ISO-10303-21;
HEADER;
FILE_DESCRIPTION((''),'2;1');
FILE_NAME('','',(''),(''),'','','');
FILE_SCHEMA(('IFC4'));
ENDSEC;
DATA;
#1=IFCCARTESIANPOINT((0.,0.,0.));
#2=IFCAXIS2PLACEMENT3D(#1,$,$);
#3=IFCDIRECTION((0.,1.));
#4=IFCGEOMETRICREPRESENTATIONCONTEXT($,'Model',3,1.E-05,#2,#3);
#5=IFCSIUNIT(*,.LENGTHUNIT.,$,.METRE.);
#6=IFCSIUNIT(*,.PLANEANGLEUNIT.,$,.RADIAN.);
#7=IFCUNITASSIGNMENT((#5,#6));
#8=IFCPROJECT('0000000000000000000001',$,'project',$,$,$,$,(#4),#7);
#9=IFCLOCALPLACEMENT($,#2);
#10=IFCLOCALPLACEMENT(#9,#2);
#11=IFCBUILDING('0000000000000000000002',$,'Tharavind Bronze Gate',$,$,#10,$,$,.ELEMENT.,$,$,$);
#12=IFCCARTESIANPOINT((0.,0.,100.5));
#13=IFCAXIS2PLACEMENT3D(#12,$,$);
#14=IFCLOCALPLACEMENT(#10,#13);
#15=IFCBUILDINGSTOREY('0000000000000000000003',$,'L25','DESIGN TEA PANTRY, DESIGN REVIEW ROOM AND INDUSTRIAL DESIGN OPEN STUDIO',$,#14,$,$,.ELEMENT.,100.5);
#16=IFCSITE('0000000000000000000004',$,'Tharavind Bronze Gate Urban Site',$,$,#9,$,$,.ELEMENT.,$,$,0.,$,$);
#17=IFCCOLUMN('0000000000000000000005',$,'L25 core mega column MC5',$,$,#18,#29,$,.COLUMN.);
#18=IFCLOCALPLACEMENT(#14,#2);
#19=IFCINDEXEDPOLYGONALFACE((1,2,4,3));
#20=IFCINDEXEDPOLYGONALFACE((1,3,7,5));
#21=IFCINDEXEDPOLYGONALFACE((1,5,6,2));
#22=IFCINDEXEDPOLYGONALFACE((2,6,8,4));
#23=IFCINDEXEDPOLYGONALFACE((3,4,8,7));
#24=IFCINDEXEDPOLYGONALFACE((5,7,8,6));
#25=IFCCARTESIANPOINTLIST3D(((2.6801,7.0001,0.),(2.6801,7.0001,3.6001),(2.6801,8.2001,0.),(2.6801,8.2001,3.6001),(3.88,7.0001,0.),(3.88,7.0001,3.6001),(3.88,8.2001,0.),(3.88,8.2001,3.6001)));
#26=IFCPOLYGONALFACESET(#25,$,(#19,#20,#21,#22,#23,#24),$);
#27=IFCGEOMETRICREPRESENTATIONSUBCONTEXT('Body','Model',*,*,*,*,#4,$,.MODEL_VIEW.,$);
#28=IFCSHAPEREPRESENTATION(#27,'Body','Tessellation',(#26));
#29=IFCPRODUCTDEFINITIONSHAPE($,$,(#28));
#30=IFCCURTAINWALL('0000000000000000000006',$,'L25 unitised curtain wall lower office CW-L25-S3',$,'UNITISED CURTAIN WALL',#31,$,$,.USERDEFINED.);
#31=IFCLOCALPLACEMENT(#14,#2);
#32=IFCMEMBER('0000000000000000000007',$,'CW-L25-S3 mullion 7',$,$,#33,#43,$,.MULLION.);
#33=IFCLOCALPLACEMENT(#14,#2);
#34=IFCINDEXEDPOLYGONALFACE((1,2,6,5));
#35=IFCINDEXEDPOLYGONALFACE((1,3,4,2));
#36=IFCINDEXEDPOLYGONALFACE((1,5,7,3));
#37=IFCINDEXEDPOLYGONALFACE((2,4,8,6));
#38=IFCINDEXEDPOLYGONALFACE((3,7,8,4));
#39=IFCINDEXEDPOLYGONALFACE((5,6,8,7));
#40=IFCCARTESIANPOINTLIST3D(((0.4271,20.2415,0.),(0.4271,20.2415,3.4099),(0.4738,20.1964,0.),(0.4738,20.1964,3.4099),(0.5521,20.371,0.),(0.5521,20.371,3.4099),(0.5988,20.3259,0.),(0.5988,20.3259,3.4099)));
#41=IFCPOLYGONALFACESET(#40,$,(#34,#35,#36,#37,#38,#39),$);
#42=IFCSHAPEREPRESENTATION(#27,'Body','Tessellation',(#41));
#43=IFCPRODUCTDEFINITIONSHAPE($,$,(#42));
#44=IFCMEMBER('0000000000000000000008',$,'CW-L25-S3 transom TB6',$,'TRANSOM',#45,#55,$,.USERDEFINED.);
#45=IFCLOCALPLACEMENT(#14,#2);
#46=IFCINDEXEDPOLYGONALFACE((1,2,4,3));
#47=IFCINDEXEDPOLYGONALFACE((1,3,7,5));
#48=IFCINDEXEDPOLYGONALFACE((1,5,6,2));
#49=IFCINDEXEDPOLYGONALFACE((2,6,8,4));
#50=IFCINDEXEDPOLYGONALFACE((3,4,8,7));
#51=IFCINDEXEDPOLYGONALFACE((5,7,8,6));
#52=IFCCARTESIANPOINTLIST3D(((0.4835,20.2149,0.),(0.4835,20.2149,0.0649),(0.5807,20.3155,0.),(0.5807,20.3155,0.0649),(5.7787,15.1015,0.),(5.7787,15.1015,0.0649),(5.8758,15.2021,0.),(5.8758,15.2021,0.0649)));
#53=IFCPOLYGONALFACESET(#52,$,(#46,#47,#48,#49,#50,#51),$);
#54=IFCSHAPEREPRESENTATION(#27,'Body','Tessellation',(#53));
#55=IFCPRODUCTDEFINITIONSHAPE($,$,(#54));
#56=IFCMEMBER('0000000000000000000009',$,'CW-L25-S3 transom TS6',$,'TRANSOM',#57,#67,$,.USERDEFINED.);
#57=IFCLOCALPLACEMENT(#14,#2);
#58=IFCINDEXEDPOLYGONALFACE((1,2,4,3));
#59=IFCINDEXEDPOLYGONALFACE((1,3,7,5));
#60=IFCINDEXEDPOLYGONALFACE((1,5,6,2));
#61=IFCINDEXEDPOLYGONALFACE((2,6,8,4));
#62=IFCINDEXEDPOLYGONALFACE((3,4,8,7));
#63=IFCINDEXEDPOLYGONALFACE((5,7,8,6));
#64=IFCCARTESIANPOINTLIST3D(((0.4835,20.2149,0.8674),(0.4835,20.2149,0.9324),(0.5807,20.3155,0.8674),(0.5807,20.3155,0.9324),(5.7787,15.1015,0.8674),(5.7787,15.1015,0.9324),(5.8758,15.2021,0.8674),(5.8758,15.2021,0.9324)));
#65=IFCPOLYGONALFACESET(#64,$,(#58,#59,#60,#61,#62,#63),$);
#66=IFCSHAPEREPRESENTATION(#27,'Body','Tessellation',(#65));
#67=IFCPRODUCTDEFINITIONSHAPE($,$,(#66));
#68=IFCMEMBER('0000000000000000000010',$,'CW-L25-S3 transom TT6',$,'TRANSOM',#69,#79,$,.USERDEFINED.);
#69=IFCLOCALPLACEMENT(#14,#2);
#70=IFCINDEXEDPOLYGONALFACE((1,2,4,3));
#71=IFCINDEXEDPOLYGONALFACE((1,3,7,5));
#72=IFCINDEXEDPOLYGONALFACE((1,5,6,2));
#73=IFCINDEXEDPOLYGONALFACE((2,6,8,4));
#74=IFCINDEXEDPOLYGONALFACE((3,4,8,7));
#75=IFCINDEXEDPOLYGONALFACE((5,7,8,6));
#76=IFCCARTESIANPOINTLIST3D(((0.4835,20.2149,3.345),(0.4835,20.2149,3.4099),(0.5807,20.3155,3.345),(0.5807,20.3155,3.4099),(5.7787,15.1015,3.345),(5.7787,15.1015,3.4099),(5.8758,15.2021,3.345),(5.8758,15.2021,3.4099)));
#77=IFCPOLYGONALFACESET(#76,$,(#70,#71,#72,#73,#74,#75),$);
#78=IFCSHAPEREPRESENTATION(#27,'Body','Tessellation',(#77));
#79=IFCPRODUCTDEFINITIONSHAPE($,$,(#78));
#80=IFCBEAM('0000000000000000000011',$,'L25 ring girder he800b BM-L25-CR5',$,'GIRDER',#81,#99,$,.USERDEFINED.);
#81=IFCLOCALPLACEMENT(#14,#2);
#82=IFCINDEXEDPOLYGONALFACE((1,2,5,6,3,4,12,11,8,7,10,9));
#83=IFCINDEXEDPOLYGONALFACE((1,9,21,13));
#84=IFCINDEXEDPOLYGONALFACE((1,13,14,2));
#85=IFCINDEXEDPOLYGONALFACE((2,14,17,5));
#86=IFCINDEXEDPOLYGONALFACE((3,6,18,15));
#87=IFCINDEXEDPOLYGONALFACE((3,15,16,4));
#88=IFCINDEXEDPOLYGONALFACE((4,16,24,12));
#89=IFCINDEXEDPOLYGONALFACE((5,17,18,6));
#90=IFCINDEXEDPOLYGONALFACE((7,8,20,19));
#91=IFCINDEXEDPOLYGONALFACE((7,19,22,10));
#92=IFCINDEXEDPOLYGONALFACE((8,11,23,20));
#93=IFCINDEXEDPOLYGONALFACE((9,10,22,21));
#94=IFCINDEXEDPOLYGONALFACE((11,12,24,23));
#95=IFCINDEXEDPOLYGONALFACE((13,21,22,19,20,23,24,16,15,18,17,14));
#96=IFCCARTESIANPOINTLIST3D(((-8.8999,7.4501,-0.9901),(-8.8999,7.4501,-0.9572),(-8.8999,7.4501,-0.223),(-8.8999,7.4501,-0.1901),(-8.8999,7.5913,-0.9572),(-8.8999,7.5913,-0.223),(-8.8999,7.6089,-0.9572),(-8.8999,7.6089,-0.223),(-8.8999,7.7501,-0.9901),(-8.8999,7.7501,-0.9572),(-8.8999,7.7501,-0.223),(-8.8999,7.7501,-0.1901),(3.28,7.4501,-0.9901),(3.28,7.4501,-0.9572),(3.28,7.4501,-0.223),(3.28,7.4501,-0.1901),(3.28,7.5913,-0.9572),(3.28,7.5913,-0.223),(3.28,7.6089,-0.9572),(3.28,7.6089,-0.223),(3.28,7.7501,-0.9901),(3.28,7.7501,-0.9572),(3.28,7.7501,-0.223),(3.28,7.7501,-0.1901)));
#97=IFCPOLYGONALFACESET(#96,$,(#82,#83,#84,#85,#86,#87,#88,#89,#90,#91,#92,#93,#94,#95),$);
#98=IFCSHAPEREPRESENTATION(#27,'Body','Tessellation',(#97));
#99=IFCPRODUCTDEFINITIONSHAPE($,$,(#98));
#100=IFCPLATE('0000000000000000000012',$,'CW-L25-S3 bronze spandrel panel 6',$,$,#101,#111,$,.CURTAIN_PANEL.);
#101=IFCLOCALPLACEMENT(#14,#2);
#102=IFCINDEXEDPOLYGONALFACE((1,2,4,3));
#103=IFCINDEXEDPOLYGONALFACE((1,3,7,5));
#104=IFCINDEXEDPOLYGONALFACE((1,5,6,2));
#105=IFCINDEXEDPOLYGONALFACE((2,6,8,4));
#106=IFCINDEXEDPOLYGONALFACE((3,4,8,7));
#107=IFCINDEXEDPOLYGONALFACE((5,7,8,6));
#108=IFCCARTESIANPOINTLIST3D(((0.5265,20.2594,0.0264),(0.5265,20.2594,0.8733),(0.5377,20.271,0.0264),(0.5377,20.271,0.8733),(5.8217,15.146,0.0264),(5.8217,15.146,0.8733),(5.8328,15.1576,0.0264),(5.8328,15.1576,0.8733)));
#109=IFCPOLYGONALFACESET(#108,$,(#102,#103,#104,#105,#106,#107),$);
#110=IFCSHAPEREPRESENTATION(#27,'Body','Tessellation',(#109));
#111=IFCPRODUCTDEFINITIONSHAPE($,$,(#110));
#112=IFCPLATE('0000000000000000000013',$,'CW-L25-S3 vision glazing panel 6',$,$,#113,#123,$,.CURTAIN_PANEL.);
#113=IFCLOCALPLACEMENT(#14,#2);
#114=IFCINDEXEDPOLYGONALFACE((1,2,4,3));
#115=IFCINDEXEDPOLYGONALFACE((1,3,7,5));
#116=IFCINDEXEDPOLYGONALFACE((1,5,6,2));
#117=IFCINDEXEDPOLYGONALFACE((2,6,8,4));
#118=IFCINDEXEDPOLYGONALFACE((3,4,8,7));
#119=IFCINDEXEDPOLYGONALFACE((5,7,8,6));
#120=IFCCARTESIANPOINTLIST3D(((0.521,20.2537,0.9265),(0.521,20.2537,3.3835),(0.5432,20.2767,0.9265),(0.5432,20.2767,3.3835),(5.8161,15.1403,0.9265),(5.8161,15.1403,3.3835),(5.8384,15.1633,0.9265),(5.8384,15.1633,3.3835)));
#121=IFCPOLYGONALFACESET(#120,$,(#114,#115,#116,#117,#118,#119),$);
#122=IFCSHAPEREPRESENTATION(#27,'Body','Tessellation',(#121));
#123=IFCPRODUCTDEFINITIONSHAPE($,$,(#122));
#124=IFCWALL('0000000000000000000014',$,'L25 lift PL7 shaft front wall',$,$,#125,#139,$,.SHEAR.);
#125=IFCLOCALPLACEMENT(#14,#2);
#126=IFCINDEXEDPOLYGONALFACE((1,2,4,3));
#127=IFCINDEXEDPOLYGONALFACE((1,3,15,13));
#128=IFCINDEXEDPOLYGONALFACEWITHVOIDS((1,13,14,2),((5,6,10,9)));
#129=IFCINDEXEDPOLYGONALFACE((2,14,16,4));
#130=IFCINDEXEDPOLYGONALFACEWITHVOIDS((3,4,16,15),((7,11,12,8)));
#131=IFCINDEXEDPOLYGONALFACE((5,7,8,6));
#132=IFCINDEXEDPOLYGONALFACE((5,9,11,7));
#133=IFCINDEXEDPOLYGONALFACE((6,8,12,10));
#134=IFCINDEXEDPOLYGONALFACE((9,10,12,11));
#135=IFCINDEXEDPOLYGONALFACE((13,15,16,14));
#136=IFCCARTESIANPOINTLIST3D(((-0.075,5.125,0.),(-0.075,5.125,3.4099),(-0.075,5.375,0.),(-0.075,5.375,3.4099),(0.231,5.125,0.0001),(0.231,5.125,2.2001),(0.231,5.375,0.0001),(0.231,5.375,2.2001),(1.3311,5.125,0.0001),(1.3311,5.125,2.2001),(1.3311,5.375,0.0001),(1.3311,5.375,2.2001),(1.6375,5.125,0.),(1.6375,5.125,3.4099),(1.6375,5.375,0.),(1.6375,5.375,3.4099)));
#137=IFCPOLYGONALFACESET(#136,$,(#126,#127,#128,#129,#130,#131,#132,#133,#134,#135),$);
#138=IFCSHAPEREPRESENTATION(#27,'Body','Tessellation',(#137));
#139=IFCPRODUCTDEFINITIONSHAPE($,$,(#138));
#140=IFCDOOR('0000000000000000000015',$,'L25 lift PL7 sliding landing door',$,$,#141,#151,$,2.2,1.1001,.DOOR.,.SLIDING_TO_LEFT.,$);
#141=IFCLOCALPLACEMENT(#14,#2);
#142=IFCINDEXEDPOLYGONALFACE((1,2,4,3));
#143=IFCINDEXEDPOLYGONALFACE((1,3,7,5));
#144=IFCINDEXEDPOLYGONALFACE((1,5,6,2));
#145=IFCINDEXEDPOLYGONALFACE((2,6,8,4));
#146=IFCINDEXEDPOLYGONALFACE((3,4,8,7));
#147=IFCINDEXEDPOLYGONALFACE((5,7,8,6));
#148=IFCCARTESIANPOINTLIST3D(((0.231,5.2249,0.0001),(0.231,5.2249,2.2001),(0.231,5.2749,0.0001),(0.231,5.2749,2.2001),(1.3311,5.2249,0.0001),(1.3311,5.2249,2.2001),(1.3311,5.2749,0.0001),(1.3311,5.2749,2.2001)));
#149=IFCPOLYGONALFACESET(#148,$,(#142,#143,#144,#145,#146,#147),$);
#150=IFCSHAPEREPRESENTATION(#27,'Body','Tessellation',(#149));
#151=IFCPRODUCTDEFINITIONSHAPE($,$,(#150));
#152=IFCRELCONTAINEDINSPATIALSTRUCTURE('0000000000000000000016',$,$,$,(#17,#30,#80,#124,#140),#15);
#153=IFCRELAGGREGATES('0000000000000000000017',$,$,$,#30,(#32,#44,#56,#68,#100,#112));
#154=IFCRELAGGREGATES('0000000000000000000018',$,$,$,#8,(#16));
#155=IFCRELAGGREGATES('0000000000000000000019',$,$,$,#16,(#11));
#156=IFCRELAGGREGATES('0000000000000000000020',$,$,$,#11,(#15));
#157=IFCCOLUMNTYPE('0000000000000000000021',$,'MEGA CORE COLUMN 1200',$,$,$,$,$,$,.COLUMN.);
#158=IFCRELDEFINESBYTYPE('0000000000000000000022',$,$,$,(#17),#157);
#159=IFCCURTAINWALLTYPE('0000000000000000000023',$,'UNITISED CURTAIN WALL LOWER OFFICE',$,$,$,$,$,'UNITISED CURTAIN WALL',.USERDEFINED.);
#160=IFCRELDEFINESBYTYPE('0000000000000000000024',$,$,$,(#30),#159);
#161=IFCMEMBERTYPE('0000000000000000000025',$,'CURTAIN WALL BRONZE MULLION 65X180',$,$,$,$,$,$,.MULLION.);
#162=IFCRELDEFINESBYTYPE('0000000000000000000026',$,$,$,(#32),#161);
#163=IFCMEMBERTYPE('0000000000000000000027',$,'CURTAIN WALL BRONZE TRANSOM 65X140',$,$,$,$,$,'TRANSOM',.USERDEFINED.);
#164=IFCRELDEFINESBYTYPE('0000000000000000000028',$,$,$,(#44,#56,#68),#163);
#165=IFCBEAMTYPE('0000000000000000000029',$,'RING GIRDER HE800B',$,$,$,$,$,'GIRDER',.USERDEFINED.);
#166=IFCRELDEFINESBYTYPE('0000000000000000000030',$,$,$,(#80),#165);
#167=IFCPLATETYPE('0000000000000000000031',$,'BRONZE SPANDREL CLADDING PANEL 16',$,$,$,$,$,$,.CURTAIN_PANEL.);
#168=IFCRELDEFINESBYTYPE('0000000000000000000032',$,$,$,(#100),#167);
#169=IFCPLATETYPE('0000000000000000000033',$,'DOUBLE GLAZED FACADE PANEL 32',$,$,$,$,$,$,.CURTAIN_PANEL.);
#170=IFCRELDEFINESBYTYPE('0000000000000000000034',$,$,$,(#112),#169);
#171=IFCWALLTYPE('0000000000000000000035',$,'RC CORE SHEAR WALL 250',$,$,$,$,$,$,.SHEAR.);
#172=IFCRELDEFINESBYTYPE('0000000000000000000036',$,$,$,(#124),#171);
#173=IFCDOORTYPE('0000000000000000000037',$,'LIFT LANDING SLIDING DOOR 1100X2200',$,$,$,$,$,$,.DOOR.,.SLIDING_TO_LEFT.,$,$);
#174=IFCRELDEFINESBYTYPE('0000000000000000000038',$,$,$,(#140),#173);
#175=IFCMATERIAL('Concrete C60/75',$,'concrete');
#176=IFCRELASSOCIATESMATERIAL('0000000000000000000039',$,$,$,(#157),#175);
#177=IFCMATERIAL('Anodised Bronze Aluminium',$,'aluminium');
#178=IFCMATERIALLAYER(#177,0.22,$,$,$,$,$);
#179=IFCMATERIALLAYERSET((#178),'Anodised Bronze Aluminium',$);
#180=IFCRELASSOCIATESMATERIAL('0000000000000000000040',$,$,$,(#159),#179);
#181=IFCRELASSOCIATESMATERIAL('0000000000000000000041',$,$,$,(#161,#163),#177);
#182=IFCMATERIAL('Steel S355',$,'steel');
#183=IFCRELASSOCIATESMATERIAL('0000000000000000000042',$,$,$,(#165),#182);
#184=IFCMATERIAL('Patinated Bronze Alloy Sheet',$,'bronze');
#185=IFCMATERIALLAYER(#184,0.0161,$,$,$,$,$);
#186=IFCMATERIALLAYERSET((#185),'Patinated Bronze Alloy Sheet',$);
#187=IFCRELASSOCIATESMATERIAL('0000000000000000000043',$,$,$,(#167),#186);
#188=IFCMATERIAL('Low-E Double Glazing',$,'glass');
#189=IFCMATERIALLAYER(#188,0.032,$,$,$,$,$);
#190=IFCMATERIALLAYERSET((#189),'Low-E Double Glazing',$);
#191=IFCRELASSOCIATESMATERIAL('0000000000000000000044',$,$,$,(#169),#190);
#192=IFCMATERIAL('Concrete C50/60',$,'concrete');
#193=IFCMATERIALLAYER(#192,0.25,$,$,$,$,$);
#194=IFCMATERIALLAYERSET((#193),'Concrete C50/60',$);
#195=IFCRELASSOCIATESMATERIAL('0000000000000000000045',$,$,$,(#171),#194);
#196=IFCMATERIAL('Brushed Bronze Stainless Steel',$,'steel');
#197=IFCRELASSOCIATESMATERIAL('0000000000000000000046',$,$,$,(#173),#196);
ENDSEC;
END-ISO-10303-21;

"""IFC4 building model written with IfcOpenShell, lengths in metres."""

from ifc_helpers import new_model, si_unit, direction, frame, frame_2d, origin, origin_2d, place, context, subcontext, project, spatial, rectangle, i_section, extrude, material, layer, layer_set, material_profile, profile_set, type_object, element, fill, aggregate, save


model = new_model("IFC4")

# Units and contexts
model_context = context("Model", 3, precision=1e-05, world=origin(), true_north=direction((0.0, 1.0)))
body_context = subcontext(model_context, "Body", "Model", "MODEL_VIEW")
ifc_project = project(units=[si_unit("LENGTHUNIT", "METRE"), si_unit("PLANEANGLEUNIT", "RADIAN")], contexts=[model_context])

# Site, building, storey
site_placement = place(None, origin())
site = spatial("IfcSite", under=ifc_project, at=site_placement, Name="Tharavind Bronze Gate Urban Site", CompositionType="ELEMENT", RefElevation=0.0)
building_placement = place(site_placement, origin())
building = spatial("IfcBuilding", under=site, at=building_placement, Name="Tharavind Bronze Gate", CompositionType="ELEMENT")
storey_placement = place(building_placement, frame((0.0, 0.0, 100.5)))
storey = spatial("IfcBuildingStorey", under=building, at=storey_placement, Name="L25", Description="DESIGN TEA PANTRY, DESIGN REVIEW ROOM AND INDUSTRIAL DESIGN OPEN STUDIO", CompositionType="ELEMENT", Elevation=100.5)

# Column
ifc_material_1 = material(Name="Concrete C60/75", Category="concrete")
ifc_material_profile_1 = material_profile(ifc_material_1, rectangle(XDim=1.2, YDim=1.2, at=origin_2d()), Name="RCCOL1200")
ifc_profile_set_1 = profile_set([ifc_material_profile_1], Name="Concrete C60/75")
column_type = type_object("IfcColumnType", Name="MEGA CORE COLUMN 1200", PredefinedType="COLUMN", material=ifc_profile_set_1)
column_placement = place(storey_placement, frame((3.28, 7.6001, 0.0), z_axis=(0.0, 0.0, 1.0), x_axis=(1.0, 0.0, 0.0)))
element("IfcColumn", 1, at=column_placement, inside=storey, type_object=column_type, Name="L25 core mega column MC5", PredefinedType="COLUMN", context=body_context, shape_type="SweptSolid", body=[
    extrude(rectangle(XDim=1.2, YDim=1.2, at=origin_2d()), origin(), (0.0, 0.0, 1.0), 3.6001),
])

# Curtain wall, members
ifc_material_2 = material(Name="Anodised Bronze Aluminium", Category="aluminium")
ifc_layer_1 = layer(ifc_material_2, 0.22)
ifc_layer_set_1 = layer_set([ifc_layer_1], Name="Anodised Bronze Aluminium")
curtain_wall_type = type_object("IfcCurtainWallType", Name="UNITISED CURTAIN WALL LOWER OFFICE", ElementType="UNITISED CURTAIN WALL", PredefinedType="USERDEFINED", material=ifc_layer_set_1)
curtain_wall_placement = place(storey_placement, origin())
curtain_wall = element("IfcCurtainWall", 2, at=curtain_wall_placement, inside=storey, type_object=curtain_wall_type, Name="L25 unitised curtain wall lower office CW-L25-S3", ObjectType="UNITISED CURTAIN WALL", PredefinedType="USERDEFINED")
member_type_1 = type_object("IfcMemberType", Name="CURTAIN WALL BRONZE MULLION 65X180", PredefinedType="MULLION", material=ifc_material_2)
member_1_placement = place(storey_placement, frame((0.5129, 20.2837, 0.0), z_axis=(0.0, 0.0, 1.0), x_axis=(-0.719341, 0.694657, 0.0)))
member_1 = element("IfcMember", 3, at=member_1_placement, type_object=member_type_1, Name="CW-L25-S3 mullion 7", PredefinedType="MULLION", context=body_context, shape_type="SweptSolid", body=[
    extrude(rectangle(XDim=0.0649, YDim=0.1799, at=origin_2d()), origin(), (0.0, 0.0, 1.0), 3.4099),
])
member_type_2 = type_object("IfcMemberType", Name="CURTAIN WALL BRONZE TRANSOM 65X140", ElementType="TRANSOM", PredefinedType="USERDEFINED", material=ifc_material_2)
member_2_placement = place(storey_placement, frame((3.1797, 17.7085, 0.0), z_axis=(0.0, 0.0, 1.0), x_axis=(-0.719341, 0.694657, 0.0)))
member_2 = element("IfcMember", 4, at=member_2_placement, type_object=member_type_2, Name="CW-L25-S3 transom TB6", ObjectType="TRANSOM", PredefinedType="USERDEFINED", context=body_context, shape_type="SweptSolid", body=[
    extrude(rectangle(XDim=7.3611, YDim=0.1399, at=origin_2d()), origin(), (0.0, 0.0, 1.0), 0.0649),
])
member_3_placement = place(storey_placement, frame((3.1797, 17.7085, 0.8674), z_axis=(0.0, 0.0, 1.0), x_axis=(-0.719341, 0.694657, 0.0)))
member_3 = element("IfcMember", 5, at=member_3_placement, type_object=member_type_2, Name="CW-L25-S3 transom TS6", ObjectType="TRANSOM", PredefinedType="USERDEFINED", context=body_context, shape_type="SweptSolid", body=[
    extrude(rectangle(XDim=7.3611, YDim=0.1399, at=origin_2d()), origin(), (0.0, 0.0, 1.0), 0.0649),
])
member_4_placement = place(storey_placement, frame((3.1797, 17.7085, 3.345), z_axis=(0.0, 0.0, 1.0), x_axis=(-0.719341, 0.694657, 0.0)))
member_4 = element("IfcMember", 6, at=member_4_placement, type_object=member_type_2, Name="CW-L25-S3 transom TT6", ObjectType="TRANSOM", PredefinedType="USERDEFINED", context=body_context, shape_type="SweptSolid", body=[
    extrude(rectangle(XDim=7.3611, YDim=0.1399, at=origin_2d()), origin(), (0.0, 0.0, 1.0), 0.0649),
])

# Beam
ifc_material_3 = material(Name="Steel S355", Category="steel")
ifc_material_profile_2 = material_profile(ifc_material_3, i_section(OverallWidth=0.3, OverallDepth=0.8, WebThickness=0.0176, FlangeThickness=0.033, at=origin_2d()), Name="HE800B")
ifc_profile_set_2 = profile_set([ifc_material_profile_2], Name="Steel S355")
beam_type = type_object("IfcBeamType", Name="RING GIRDER HE800B", ElementType="GIRDER", PredefinedType="USERDEFINED", material=ifc_profile_set_2)
beam_placement = place(storey_placement, frame((3.28, 7.6001, -0.5901), z_axis=(-1.0, 0.0, 0.0), x_axis=(0.0, -1.0, 0.0)))
element("IfcBeam", 7, at=beam_placement, inside=storey, type_object=beam_type, Name="L25 ring girder he800b BM-L25-CR5", ObjectType="GIRDER", PredefinedType="USERDEFINED", context=body_context, shape_type="SweptSolid", body=[
    extrude(i_section(OverallWidth=0.3, OverallDepth=0.8, WebThickness=0.0176, FlangeThickness=0.033, at=origin_2d()), origin(), (0.0, 0.0, 1.0), 12.1799),
])

# Plates
ifc_material_4 = material(Name="Patinated Bronze Alloy Sheet", Category="bronze")
ifc_layer_2 = layer(ifc_material_4, 0.0161)
ifc_layer_set_2 = layer_set([ifc_layer_2], Name="Patinated Bronze Alloy Sheet")
plate_type_1 = type_object("IfcPlateType", Name="BRONZE SPANDREL CLADDING PANEL 16", PredefinedType="CURTAIN_PANEL", material=ifc_layer_set_2)
plate_1_placement = place(storey_placement, frame((3.1797, 17.7085, 0.0264), z_axis=(0.0, 0.0, 1.0), x_axis=(-0.719341, 0.694657, 0.0)))
plate_1 = element("IfcPlate", 8, at=plate_1_placement, type_object=plate_type_1, Name="CW-L25-S3 bronze spandrel panel 6", PredefinedType="CURTAIN_PANEL", context=body_context, shape_type="SweptSolid", body=[
    extrude(rectangle(XDim=7.3611, YDim=0.0161, at=origin_2d()), origin(), (0.0, 0.0, 1.0), 0.8469),
])
ifc_material_5 = material(Name="Low-E Double Glazing", Category="glass")
ifc_layer_3 = layer(ifc_material_5, 0.032)
ifc_layer_set_3 = layer_set([ifc_layer_3], Name="Low-E Double Glazing")
plate_type_2 = type_object("IfcPlateType", Name="DOUBLE GLAZED FACADE PANEL 32", PredefinedType="CURTAIN_PANEL", material=ifc_layer_set_3)
plate_2_placement = place(storey_placement, frame((3.1797, 17.7085, 0.9265), z_axis=(0.0, 0.0, 1.0), x_axis=(-0.719341, 0.694657, 0.0)))
plate_2 = element("IfcPlate", 9, at=plate_2_placement, type_object=plate_type_2, Name="CW-L25-S3 vision glazing panel 6", PredefinedType="CURTAIN_PANEL", context=body_context, shape_type="SweptSolid", body=[
    extrude(rectangle(XDim=7.3611, YDim=0.032, at=origin_2d()), origin(), (0.0, 0.0, 1.0), 2.457),
])
aggregate(curtain_wall, [member_1, member_2, member_3, member_4, plate_1, plate_2])

# Wall, opening, door
ifc_material_6 = material(Name="Concrete C50/60", Category="concrete")
ifc_layer_4 = layer(ifc_material_6, 0.25)
ifc_layer_set_4 = layer_set([ifc_layer_4], Name="Concrete C50/60")
wall_type_1 = type_object("IfcWallType", Name="RC CORE SHEAR WALL 250", PredefinedType="SHEAR", material=ifc_layer_set_4)
wall_1_placement = place(storey_placement, frame((-0.075, 5.25, 0.0), z_axis=(0.0, 0.0, 1.0), x_axis=(1.0, 0.0, 0.0)))
wall_1 = element("IfcWall", 10, at=wall_1_placement, inside=storey, type_object=wall_type_1, Name="L25 lift PL7 shaft front wall", PredefinedType="SHEAR", context=body_context, shape_type="SweptSolid", body=[
    extrude(rectangle(XDim=1.7124, YDim=0.25, at=frame_2d((0.8562, 0.0))), origin(), (0.0, 0.0, 1.0), 3.4099),
])
opening_1_placement = place(wall_1_placement, frame((0.3059, 0.0, 0.0)))
opening_1 = element("IfcOpeningElement", 11, at=opening_1_placement, cuts=wall_1, PredefinedType="OPENING", context=body_context, shape_type="SweptSolid", body=[
    extrude(rectangle(XDim=1.1001, YDim=2.2, at=frame_2d((0.55, 1.1001))), frame((0.0, 0.135, 0.0), z_axis=(0.0, -1.0, 0.0), x_axis=(1.0, 0.0, 0.0)), (0.0, 0.0, 1.0), 0.27),
])
ifc_material_7 = material(Name="Brushed Bronze Stainless Steel", Category="steel")
door_type_1 = type_object("IfcDoorType", Name="LIFT LANDING SLIDING DOOR 1100X2200", OperationType="SLIDING_TO_LEFT", PredefinedType="DOOR", material=ifc_material_7)
door_1_placement = place(opening_1_placement, origin())
door_1 = element("IfcDoor", 12, at=door_1_placement, inside=storey, type_object=door_type_1, Name="L25 lift PL7 sliding landing door", OperationType="SLIDING_TO_LEFT", OverallHeight=2.2, OverallWidth=1.1001, PredefinedType="DOOR", context=body_context, shape_type="SweptSolid", body=[
    extrude(rectangle(XDim=1.1001, YDim=2.2, at=frame_2d((0.55, 1.1001))), frame((0.0, 0.0249, 0.0), z_axis=(0.0, -1.0, 0.0), x_axis=(1.0, 0.0, 0.0)), (0.0, 0.0, 1.0), 0.05),
])
fill(opening_1, door_1)

save(model, "model.ifc")
